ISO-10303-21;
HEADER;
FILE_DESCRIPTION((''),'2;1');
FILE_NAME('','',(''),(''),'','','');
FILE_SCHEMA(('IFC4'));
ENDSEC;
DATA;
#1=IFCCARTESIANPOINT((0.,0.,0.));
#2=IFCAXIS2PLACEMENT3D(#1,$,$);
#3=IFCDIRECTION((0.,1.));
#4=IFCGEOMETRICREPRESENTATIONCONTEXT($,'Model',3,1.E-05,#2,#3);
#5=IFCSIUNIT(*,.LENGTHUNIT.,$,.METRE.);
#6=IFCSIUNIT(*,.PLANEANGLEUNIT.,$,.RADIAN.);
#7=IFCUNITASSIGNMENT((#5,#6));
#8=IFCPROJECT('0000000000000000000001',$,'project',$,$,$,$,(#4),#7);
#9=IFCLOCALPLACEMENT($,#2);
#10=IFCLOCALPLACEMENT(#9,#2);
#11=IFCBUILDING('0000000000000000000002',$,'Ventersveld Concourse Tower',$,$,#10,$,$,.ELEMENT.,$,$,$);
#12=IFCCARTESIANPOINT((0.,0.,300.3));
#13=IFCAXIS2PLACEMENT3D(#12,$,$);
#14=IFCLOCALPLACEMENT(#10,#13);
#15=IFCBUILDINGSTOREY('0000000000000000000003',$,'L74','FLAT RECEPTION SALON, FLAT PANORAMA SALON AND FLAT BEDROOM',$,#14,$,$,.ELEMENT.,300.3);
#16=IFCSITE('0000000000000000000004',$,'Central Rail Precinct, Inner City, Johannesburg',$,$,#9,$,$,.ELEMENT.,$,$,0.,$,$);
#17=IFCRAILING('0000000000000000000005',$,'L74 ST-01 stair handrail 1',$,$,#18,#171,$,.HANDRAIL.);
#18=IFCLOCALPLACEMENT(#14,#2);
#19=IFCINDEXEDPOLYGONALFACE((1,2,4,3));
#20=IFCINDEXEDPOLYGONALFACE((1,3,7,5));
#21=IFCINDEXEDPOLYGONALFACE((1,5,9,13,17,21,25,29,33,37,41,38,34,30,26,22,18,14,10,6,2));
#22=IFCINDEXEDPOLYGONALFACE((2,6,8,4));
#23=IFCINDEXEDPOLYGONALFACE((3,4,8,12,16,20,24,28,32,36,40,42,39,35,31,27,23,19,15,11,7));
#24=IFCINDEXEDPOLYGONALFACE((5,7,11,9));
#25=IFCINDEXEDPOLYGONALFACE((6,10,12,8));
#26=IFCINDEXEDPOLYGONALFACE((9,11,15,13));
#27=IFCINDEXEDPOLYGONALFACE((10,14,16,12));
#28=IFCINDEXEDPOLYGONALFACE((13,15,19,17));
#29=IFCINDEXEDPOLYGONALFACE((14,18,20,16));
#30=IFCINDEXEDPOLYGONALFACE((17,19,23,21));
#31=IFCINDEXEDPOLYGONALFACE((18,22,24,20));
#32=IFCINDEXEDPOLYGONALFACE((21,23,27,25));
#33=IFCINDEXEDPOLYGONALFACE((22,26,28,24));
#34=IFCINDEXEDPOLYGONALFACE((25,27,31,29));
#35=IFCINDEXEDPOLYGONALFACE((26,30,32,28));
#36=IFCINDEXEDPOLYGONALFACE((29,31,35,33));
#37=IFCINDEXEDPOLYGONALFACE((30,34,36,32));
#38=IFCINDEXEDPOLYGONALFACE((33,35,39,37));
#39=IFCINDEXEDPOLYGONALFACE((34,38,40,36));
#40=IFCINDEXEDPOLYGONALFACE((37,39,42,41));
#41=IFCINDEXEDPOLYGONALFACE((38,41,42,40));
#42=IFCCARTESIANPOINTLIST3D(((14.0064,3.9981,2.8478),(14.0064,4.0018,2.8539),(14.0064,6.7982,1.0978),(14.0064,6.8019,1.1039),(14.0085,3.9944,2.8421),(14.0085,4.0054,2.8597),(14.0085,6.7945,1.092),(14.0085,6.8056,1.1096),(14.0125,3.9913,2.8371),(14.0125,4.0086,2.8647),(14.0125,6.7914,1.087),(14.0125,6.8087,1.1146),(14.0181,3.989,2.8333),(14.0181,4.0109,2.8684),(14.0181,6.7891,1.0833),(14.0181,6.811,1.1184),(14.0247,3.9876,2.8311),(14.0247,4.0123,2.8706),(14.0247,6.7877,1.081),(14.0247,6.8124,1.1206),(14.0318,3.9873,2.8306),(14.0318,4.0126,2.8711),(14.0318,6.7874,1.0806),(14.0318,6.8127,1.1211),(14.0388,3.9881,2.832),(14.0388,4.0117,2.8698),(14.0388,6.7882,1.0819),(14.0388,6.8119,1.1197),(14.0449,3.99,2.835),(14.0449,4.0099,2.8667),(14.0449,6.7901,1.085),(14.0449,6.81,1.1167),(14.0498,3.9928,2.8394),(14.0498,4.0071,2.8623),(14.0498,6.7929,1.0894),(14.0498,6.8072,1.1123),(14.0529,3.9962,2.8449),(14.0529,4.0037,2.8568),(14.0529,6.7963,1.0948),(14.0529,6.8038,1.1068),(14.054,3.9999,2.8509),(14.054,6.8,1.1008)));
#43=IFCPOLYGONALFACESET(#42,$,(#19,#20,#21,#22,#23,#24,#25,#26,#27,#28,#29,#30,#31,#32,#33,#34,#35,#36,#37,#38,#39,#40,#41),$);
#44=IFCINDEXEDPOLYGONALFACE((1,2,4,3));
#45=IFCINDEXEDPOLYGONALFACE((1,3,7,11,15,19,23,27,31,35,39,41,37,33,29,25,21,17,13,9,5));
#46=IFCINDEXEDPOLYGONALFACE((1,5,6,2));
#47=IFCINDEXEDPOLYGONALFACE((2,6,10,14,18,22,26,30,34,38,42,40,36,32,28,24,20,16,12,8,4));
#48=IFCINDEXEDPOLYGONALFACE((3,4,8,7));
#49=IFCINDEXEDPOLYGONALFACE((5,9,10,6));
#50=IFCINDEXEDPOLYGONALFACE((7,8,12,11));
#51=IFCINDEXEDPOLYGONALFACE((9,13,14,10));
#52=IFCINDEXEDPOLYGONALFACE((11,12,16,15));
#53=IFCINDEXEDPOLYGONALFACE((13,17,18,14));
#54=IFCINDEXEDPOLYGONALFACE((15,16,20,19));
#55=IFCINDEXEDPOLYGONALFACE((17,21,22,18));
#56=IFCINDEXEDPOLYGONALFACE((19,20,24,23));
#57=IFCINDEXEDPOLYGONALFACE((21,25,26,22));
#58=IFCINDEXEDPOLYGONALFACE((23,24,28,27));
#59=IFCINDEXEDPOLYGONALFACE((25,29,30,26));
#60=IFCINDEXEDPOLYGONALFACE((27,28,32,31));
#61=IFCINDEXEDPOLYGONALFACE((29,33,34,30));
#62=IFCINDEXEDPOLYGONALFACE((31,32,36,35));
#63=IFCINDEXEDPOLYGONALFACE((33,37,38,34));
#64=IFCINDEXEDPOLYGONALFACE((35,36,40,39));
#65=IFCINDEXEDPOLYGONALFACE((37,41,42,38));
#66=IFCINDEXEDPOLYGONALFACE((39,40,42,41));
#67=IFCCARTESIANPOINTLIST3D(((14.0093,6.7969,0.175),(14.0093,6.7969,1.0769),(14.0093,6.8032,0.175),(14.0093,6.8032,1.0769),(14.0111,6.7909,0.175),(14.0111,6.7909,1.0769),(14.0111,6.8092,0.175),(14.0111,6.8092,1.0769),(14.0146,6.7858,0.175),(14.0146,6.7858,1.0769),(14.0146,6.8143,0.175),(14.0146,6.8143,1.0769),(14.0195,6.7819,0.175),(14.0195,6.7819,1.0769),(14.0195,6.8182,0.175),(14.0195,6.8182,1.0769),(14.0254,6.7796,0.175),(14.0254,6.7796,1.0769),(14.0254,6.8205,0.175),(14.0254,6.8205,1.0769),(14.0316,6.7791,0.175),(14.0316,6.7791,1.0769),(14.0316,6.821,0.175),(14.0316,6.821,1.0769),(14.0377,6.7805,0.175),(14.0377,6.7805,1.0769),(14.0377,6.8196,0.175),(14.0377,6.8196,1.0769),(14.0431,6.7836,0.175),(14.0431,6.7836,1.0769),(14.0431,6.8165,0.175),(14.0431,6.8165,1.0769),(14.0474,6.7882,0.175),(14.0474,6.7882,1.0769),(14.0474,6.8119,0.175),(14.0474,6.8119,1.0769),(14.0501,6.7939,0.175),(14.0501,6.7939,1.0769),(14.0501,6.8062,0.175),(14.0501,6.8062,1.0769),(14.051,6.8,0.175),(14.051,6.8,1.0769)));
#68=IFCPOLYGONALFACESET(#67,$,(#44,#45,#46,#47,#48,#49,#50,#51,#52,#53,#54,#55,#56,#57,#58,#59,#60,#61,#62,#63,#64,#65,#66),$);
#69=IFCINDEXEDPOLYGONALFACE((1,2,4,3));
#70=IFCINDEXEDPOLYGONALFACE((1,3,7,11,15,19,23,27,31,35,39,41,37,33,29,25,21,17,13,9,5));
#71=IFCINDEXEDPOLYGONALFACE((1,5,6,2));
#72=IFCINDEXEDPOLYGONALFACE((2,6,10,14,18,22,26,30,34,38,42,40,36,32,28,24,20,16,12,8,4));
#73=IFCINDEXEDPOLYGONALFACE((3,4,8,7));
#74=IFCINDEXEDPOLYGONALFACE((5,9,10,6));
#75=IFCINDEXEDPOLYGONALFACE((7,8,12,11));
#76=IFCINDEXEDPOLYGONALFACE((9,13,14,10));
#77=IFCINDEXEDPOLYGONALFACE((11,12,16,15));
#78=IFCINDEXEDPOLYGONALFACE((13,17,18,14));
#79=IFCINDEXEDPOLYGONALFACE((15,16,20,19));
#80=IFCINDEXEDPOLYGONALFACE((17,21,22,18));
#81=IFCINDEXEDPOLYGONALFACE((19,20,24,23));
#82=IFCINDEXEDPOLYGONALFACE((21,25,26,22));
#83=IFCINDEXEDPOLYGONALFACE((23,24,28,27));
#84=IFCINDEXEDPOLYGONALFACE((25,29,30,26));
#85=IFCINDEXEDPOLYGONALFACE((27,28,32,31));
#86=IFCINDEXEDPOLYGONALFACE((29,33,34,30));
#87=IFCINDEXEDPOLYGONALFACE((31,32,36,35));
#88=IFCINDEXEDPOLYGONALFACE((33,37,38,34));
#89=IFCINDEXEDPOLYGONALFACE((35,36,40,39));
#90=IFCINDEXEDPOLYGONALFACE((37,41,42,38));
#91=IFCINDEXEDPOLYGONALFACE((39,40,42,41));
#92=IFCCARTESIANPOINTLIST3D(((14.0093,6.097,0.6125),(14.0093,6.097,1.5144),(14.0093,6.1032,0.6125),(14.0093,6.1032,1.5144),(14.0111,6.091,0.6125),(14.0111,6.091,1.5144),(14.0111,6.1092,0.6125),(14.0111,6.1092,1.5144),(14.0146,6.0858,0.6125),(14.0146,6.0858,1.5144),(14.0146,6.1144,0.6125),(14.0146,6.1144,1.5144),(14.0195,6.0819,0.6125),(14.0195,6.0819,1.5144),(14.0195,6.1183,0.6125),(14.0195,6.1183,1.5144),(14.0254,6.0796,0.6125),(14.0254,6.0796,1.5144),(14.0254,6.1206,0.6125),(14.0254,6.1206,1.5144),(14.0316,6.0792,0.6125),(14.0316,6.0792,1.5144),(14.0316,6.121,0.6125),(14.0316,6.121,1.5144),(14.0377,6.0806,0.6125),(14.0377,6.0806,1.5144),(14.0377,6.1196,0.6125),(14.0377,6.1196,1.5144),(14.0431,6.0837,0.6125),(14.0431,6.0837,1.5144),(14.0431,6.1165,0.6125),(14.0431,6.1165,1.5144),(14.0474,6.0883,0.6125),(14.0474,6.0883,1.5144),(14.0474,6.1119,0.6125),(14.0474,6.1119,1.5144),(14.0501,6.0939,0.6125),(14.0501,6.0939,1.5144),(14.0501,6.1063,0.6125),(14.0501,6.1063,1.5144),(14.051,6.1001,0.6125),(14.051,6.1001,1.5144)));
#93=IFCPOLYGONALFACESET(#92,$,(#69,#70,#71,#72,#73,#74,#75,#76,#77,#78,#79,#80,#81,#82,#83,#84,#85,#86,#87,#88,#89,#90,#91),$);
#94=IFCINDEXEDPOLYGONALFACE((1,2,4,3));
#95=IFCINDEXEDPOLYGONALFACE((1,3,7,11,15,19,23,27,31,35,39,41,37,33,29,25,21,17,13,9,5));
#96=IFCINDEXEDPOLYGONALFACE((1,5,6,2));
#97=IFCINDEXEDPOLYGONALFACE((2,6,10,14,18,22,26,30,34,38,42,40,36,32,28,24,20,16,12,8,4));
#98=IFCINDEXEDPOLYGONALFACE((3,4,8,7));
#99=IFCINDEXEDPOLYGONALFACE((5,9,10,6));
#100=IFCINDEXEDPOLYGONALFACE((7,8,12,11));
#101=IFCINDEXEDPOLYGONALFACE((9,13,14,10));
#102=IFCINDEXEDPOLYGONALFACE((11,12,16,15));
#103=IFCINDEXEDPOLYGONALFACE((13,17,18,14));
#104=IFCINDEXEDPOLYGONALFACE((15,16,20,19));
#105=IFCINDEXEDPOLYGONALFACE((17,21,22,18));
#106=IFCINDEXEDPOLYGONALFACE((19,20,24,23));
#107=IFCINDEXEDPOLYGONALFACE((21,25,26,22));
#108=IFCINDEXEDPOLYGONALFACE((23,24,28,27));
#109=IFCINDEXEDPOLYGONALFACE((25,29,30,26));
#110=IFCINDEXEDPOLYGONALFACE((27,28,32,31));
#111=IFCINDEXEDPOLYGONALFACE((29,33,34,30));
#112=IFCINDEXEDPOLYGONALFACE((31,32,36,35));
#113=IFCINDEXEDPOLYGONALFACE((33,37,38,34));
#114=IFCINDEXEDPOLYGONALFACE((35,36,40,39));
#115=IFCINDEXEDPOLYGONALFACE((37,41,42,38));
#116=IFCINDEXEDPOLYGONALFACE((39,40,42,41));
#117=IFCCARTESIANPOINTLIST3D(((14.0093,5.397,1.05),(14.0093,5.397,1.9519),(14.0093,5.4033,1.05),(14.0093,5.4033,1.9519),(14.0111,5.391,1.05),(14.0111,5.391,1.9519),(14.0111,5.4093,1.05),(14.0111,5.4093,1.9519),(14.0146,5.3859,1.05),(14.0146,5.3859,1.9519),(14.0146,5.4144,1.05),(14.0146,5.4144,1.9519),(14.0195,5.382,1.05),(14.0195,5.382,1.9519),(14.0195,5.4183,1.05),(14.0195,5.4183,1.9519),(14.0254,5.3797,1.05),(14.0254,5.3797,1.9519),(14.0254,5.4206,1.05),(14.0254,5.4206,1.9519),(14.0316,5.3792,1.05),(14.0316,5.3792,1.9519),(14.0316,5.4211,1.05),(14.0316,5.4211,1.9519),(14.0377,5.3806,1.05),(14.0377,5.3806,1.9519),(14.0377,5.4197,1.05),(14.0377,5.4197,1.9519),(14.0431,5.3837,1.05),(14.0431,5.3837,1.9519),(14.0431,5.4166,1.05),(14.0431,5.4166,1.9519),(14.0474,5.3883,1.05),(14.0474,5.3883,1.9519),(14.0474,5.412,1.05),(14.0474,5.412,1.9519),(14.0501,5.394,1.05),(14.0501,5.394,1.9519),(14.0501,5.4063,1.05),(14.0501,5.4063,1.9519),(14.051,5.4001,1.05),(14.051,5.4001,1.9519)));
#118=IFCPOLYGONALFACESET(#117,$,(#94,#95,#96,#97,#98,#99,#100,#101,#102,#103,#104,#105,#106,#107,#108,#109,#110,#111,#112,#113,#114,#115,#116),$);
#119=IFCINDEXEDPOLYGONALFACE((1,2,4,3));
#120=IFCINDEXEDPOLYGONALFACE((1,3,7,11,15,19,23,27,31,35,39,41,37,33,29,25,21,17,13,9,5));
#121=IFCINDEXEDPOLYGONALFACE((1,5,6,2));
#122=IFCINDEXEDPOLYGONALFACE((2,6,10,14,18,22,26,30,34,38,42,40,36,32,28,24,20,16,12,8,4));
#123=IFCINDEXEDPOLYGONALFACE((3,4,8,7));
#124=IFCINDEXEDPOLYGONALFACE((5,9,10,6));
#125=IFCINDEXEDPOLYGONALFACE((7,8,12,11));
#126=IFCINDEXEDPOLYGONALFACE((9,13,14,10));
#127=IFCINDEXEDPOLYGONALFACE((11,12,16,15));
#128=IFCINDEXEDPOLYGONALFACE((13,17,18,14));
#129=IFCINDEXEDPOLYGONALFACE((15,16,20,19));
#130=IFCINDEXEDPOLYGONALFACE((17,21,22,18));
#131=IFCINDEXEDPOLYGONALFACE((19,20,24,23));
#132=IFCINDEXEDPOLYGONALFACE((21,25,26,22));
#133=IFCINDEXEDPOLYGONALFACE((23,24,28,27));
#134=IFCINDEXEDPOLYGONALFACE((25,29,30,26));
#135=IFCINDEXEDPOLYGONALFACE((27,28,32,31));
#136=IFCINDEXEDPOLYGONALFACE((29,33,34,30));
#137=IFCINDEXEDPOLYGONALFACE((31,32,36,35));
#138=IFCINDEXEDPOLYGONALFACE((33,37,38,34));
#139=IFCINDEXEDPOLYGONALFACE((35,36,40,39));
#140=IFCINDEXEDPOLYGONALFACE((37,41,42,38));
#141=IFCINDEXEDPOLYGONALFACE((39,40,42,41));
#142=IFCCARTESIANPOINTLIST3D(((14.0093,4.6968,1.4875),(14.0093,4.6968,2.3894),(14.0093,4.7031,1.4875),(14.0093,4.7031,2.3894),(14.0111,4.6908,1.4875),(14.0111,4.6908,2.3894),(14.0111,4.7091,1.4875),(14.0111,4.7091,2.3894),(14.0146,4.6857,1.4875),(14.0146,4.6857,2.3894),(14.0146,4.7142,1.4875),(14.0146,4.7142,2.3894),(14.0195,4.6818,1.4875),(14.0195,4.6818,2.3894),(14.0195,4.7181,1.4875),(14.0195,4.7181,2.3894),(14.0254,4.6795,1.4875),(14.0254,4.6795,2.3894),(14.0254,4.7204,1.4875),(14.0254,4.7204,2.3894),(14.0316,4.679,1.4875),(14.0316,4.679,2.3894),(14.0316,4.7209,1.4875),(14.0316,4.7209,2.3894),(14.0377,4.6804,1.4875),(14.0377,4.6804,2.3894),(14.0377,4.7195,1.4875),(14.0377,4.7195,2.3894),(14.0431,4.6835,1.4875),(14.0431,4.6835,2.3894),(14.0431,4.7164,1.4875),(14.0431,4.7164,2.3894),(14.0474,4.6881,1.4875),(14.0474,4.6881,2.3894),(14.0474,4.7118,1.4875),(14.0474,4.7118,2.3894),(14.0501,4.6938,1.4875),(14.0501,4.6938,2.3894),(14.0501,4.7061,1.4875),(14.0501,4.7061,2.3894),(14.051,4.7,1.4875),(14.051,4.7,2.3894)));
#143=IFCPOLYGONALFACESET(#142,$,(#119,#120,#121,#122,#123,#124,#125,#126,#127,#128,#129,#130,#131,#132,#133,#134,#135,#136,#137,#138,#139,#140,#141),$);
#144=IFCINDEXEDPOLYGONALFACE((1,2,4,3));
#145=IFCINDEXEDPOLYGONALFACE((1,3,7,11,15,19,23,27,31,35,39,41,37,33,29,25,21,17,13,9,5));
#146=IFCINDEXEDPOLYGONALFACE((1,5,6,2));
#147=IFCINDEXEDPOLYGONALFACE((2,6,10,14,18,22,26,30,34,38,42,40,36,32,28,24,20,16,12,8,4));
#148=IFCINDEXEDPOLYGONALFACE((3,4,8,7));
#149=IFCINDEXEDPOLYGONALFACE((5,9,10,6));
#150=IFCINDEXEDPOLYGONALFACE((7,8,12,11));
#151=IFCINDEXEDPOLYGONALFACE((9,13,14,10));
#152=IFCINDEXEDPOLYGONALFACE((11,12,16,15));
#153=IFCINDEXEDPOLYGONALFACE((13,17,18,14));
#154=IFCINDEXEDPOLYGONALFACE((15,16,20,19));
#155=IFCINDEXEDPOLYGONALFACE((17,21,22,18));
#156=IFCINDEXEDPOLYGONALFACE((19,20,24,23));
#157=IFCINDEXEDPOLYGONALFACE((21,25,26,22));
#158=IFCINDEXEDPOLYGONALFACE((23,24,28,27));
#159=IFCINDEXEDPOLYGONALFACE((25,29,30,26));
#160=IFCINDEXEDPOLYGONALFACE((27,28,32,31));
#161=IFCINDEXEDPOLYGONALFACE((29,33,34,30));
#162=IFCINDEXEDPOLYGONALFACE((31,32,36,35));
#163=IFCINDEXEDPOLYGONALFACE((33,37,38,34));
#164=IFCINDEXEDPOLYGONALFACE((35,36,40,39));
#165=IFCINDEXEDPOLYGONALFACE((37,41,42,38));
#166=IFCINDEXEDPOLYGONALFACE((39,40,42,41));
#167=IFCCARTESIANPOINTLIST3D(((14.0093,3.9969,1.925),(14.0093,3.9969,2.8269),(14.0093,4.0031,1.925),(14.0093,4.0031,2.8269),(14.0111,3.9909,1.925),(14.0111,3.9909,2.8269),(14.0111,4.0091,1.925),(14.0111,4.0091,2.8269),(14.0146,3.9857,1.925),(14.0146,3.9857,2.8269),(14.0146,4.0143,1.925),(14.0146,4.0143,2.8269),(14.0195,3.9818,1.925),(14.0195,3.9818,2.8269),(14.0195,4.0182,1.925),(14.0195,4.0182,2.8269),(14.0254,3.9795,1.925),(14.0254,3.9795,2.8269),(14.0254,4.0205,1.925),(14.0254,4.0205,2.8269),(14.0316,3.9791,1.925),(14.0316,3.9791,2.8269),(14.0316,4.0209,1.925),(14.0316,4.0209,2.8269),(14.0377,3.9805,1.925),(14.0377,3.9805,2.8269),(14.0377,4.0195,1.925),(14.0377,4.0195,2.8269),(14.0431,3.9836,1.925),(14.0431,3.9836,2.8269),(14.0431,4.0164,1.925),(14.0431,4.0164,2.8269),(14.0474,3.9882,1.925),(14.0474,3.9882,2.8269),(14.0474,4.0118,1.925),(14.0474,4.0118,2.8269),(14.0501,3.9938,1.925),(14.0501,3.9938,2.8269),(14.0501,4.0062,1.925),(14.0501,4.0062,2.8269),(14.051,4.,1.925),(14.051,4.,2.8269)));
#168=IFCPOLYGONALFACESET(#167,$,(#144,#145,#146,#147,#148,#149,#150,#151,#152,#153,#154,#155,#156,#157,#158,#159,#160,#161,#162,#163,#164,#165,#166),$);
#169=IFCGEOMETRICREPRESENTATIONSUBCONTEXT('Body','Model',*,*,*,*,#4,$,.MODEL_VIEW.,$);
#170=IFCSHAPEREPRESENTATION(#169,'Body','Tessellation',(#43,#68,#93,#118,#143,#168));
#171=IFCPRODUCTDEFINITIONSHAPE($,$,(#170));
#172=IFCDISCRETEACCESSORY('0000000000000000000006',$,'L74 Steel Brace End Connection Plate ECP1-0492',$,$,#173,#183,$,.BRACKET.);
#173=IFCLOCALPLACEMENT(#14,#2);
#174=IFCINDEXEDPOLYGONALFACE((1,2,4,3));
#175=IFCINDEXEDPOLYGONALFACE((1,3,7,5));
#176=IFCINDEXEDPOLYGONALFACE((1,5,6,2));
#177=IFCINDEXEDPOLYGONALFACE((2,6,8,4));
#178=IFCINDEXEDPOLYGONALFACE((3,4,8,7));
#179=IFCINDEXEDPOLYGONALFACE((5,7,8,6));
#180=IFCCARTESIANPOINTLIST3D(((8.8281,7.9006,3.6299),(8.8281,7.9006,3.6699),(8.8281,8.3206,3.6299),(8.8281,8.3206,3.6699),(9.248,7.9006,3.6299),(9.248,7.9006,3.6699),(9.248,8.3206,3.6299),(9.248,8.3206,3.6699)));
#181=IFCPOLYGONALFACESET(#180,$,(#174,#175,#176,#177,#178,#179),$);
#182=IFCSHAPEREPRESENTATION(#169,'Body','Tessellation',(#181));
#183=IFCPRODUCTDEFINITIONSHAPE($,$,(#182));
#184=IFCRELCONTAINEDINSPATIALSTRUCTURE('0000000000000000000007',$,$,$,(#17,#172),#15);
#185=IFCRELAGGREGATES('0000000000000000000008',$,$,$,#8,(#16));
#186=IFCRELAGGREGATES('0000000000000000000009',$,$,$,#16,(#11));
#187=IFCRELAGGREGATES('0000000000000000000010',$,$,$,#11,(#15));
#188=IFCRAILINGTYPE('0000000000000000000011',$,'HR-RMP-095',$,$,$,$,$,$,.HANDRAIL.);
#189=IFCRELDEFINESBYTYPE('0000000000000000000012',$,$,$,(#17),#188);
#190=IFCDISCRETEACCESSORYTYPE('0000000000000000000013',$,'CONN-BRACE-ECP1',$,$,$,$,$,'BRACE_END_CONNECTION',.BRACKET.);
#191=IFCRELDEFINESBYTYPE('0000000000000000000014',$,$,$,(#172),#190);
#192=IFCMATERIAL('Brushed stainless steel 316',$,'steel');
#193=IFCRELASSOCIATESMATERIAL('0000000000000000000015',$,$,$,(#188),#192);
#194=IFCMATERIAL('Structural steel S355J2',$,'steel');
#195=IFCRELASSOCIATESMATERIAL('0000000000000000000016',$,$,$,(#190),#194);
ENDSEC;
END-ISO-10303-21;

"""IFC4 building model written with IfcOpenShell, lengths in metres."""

from ifc_helpers import new_model, si_unit, direction, frame, origin, origin_2d, place, context, subcontext, project, spatial, rectangle, circle, extrude, material, type_object, element, save


model = new_model("IFC4")

# Units and contexts
model_context = context("Model", 3, precision=1e-05, world=origin(), true_north=direction((0.0, 1.0)))
body_context = subcontext(model_context, "Body", "Model", "MODEL_VIEW")
ifc_project = project(units=[si_unit("LENGTHUNIT", "METRE"), si_unit("PLANEANGLEUNIT", "RADIAN")], contexts=[model_context])

# Site, building, storey
site_placement = place(None, origin())
site = spatial("IfcSite", under=ifc_project, at=site_placement, Name="Central Rail Precinct, Inner City, Johannesburg", CompositionType="ELEMENT", RefElevation=0.0)
building_placement = place(site_placement, origin())
building = spatial("IfcBuilding", under=site, at=building_placement, Name="Ventersveld Concourse Tower", CompositionType="ELEMENT")
storey_placement = place(building_placement, frame((0.0, 0.0, 300.3)))
storey = spatial("IfcBuildingStorey", under=building, at=storey_placement, Name="L74", Description="FLAT RECEPTION SALON, FLAT PANORAMA SALON AND FLAT BEDROOM", CompositionType="ELEMENT", Elevation=300.3)

# Shared definitions
ifc_material_1 = material(Name="Structural steel S355J2", Category="steel")

# Railing
ifc_material_2 = material(Name="Brushed stainless steel 316", Category="steel")
railing_type_1 = type_object("IfcRailingType", Name="HR-RMP-095", PredefinedType="HANDRAIL", material=ifc_material_2)
railing_1_placement = place(storey_placement, frame((14.03, 6.8, 0.175)))
element("IfcRailing", 1, at=railing_1_placement, inside=storey, type_object=railing_type_1, Name="L74 ST-01 stair handrail 1", PredefinedType="HANDRAIL", context=body_context, shape_type="SweptSolid", body=[
    extrude(circle(Radius=0.0239, at=origin_2d()), frame((0.0, 0.0, 0.9258), z_axis=(0.0, -0.848002, 0.529992), x_axis=(1.0, 0.0, 0.0)), (0.0, 0.0, 1.0), 3.302),
    extrude(circle(Radius=0.021, at=origin_2d()), origin(), (0.0, 0.0, 1.0), 0.9019),
    extrude(circle(Radius=0.021, at=origin_2d()), frame((0.0, -0.7, 0.4375)), (0.0, 0.0, 1.0), 0.9019),
    extrude(circle(Radius=0.021, at=origin_2d()), frame((0.0, -1.3999, 0.875)), (0.0, 0.0, 1.0), 0.9019),
    extrude(circle(Radius=0.021, at=origin_2d()), frame((0.0, -2.1001, 1.3125)), (0.0, 0.0, 1.0), 0.9019),
    extrude(circle(Radius=0.021, at=origin_2d()), frame((0.0, -2.8, 1.75)), (0.0, 0.0, 1.0), 0.9019),
])

# Discrete accessory
discrete_accessory_type = type_object("IfcDiscreteAccessoryType", Name="CONN-BRACE-ECP1", ElementType="BRACE_END_CONNECTION", PredefinedType="BRACKET", material=ifc_material_1)
discrete_accessory_placement = place(storey_placement, frame((9.0381, 8.1106, 3.6299), z_axis=(0.0, 0.0, 1.0), x_axis=(1.0, 0.0, 0.0)))
element("IfcDiscreteAccessory", 2, at=discrete_accessory_placement, inside=storey, type_object=discrete_accessory_type, Name="L74 Steel Brace End Connection Plate ECP1-0492", PredefinedType="BRACKET", context=body_context, shape_type="SweptSolid", body=[
    extrude(rectangle(XDim=0.4199, YDim=0.4199, at=origin_2d()), origin(), (0.0, 0.0, 1.0), 0.04),
])

save(model, "model.ifc")
